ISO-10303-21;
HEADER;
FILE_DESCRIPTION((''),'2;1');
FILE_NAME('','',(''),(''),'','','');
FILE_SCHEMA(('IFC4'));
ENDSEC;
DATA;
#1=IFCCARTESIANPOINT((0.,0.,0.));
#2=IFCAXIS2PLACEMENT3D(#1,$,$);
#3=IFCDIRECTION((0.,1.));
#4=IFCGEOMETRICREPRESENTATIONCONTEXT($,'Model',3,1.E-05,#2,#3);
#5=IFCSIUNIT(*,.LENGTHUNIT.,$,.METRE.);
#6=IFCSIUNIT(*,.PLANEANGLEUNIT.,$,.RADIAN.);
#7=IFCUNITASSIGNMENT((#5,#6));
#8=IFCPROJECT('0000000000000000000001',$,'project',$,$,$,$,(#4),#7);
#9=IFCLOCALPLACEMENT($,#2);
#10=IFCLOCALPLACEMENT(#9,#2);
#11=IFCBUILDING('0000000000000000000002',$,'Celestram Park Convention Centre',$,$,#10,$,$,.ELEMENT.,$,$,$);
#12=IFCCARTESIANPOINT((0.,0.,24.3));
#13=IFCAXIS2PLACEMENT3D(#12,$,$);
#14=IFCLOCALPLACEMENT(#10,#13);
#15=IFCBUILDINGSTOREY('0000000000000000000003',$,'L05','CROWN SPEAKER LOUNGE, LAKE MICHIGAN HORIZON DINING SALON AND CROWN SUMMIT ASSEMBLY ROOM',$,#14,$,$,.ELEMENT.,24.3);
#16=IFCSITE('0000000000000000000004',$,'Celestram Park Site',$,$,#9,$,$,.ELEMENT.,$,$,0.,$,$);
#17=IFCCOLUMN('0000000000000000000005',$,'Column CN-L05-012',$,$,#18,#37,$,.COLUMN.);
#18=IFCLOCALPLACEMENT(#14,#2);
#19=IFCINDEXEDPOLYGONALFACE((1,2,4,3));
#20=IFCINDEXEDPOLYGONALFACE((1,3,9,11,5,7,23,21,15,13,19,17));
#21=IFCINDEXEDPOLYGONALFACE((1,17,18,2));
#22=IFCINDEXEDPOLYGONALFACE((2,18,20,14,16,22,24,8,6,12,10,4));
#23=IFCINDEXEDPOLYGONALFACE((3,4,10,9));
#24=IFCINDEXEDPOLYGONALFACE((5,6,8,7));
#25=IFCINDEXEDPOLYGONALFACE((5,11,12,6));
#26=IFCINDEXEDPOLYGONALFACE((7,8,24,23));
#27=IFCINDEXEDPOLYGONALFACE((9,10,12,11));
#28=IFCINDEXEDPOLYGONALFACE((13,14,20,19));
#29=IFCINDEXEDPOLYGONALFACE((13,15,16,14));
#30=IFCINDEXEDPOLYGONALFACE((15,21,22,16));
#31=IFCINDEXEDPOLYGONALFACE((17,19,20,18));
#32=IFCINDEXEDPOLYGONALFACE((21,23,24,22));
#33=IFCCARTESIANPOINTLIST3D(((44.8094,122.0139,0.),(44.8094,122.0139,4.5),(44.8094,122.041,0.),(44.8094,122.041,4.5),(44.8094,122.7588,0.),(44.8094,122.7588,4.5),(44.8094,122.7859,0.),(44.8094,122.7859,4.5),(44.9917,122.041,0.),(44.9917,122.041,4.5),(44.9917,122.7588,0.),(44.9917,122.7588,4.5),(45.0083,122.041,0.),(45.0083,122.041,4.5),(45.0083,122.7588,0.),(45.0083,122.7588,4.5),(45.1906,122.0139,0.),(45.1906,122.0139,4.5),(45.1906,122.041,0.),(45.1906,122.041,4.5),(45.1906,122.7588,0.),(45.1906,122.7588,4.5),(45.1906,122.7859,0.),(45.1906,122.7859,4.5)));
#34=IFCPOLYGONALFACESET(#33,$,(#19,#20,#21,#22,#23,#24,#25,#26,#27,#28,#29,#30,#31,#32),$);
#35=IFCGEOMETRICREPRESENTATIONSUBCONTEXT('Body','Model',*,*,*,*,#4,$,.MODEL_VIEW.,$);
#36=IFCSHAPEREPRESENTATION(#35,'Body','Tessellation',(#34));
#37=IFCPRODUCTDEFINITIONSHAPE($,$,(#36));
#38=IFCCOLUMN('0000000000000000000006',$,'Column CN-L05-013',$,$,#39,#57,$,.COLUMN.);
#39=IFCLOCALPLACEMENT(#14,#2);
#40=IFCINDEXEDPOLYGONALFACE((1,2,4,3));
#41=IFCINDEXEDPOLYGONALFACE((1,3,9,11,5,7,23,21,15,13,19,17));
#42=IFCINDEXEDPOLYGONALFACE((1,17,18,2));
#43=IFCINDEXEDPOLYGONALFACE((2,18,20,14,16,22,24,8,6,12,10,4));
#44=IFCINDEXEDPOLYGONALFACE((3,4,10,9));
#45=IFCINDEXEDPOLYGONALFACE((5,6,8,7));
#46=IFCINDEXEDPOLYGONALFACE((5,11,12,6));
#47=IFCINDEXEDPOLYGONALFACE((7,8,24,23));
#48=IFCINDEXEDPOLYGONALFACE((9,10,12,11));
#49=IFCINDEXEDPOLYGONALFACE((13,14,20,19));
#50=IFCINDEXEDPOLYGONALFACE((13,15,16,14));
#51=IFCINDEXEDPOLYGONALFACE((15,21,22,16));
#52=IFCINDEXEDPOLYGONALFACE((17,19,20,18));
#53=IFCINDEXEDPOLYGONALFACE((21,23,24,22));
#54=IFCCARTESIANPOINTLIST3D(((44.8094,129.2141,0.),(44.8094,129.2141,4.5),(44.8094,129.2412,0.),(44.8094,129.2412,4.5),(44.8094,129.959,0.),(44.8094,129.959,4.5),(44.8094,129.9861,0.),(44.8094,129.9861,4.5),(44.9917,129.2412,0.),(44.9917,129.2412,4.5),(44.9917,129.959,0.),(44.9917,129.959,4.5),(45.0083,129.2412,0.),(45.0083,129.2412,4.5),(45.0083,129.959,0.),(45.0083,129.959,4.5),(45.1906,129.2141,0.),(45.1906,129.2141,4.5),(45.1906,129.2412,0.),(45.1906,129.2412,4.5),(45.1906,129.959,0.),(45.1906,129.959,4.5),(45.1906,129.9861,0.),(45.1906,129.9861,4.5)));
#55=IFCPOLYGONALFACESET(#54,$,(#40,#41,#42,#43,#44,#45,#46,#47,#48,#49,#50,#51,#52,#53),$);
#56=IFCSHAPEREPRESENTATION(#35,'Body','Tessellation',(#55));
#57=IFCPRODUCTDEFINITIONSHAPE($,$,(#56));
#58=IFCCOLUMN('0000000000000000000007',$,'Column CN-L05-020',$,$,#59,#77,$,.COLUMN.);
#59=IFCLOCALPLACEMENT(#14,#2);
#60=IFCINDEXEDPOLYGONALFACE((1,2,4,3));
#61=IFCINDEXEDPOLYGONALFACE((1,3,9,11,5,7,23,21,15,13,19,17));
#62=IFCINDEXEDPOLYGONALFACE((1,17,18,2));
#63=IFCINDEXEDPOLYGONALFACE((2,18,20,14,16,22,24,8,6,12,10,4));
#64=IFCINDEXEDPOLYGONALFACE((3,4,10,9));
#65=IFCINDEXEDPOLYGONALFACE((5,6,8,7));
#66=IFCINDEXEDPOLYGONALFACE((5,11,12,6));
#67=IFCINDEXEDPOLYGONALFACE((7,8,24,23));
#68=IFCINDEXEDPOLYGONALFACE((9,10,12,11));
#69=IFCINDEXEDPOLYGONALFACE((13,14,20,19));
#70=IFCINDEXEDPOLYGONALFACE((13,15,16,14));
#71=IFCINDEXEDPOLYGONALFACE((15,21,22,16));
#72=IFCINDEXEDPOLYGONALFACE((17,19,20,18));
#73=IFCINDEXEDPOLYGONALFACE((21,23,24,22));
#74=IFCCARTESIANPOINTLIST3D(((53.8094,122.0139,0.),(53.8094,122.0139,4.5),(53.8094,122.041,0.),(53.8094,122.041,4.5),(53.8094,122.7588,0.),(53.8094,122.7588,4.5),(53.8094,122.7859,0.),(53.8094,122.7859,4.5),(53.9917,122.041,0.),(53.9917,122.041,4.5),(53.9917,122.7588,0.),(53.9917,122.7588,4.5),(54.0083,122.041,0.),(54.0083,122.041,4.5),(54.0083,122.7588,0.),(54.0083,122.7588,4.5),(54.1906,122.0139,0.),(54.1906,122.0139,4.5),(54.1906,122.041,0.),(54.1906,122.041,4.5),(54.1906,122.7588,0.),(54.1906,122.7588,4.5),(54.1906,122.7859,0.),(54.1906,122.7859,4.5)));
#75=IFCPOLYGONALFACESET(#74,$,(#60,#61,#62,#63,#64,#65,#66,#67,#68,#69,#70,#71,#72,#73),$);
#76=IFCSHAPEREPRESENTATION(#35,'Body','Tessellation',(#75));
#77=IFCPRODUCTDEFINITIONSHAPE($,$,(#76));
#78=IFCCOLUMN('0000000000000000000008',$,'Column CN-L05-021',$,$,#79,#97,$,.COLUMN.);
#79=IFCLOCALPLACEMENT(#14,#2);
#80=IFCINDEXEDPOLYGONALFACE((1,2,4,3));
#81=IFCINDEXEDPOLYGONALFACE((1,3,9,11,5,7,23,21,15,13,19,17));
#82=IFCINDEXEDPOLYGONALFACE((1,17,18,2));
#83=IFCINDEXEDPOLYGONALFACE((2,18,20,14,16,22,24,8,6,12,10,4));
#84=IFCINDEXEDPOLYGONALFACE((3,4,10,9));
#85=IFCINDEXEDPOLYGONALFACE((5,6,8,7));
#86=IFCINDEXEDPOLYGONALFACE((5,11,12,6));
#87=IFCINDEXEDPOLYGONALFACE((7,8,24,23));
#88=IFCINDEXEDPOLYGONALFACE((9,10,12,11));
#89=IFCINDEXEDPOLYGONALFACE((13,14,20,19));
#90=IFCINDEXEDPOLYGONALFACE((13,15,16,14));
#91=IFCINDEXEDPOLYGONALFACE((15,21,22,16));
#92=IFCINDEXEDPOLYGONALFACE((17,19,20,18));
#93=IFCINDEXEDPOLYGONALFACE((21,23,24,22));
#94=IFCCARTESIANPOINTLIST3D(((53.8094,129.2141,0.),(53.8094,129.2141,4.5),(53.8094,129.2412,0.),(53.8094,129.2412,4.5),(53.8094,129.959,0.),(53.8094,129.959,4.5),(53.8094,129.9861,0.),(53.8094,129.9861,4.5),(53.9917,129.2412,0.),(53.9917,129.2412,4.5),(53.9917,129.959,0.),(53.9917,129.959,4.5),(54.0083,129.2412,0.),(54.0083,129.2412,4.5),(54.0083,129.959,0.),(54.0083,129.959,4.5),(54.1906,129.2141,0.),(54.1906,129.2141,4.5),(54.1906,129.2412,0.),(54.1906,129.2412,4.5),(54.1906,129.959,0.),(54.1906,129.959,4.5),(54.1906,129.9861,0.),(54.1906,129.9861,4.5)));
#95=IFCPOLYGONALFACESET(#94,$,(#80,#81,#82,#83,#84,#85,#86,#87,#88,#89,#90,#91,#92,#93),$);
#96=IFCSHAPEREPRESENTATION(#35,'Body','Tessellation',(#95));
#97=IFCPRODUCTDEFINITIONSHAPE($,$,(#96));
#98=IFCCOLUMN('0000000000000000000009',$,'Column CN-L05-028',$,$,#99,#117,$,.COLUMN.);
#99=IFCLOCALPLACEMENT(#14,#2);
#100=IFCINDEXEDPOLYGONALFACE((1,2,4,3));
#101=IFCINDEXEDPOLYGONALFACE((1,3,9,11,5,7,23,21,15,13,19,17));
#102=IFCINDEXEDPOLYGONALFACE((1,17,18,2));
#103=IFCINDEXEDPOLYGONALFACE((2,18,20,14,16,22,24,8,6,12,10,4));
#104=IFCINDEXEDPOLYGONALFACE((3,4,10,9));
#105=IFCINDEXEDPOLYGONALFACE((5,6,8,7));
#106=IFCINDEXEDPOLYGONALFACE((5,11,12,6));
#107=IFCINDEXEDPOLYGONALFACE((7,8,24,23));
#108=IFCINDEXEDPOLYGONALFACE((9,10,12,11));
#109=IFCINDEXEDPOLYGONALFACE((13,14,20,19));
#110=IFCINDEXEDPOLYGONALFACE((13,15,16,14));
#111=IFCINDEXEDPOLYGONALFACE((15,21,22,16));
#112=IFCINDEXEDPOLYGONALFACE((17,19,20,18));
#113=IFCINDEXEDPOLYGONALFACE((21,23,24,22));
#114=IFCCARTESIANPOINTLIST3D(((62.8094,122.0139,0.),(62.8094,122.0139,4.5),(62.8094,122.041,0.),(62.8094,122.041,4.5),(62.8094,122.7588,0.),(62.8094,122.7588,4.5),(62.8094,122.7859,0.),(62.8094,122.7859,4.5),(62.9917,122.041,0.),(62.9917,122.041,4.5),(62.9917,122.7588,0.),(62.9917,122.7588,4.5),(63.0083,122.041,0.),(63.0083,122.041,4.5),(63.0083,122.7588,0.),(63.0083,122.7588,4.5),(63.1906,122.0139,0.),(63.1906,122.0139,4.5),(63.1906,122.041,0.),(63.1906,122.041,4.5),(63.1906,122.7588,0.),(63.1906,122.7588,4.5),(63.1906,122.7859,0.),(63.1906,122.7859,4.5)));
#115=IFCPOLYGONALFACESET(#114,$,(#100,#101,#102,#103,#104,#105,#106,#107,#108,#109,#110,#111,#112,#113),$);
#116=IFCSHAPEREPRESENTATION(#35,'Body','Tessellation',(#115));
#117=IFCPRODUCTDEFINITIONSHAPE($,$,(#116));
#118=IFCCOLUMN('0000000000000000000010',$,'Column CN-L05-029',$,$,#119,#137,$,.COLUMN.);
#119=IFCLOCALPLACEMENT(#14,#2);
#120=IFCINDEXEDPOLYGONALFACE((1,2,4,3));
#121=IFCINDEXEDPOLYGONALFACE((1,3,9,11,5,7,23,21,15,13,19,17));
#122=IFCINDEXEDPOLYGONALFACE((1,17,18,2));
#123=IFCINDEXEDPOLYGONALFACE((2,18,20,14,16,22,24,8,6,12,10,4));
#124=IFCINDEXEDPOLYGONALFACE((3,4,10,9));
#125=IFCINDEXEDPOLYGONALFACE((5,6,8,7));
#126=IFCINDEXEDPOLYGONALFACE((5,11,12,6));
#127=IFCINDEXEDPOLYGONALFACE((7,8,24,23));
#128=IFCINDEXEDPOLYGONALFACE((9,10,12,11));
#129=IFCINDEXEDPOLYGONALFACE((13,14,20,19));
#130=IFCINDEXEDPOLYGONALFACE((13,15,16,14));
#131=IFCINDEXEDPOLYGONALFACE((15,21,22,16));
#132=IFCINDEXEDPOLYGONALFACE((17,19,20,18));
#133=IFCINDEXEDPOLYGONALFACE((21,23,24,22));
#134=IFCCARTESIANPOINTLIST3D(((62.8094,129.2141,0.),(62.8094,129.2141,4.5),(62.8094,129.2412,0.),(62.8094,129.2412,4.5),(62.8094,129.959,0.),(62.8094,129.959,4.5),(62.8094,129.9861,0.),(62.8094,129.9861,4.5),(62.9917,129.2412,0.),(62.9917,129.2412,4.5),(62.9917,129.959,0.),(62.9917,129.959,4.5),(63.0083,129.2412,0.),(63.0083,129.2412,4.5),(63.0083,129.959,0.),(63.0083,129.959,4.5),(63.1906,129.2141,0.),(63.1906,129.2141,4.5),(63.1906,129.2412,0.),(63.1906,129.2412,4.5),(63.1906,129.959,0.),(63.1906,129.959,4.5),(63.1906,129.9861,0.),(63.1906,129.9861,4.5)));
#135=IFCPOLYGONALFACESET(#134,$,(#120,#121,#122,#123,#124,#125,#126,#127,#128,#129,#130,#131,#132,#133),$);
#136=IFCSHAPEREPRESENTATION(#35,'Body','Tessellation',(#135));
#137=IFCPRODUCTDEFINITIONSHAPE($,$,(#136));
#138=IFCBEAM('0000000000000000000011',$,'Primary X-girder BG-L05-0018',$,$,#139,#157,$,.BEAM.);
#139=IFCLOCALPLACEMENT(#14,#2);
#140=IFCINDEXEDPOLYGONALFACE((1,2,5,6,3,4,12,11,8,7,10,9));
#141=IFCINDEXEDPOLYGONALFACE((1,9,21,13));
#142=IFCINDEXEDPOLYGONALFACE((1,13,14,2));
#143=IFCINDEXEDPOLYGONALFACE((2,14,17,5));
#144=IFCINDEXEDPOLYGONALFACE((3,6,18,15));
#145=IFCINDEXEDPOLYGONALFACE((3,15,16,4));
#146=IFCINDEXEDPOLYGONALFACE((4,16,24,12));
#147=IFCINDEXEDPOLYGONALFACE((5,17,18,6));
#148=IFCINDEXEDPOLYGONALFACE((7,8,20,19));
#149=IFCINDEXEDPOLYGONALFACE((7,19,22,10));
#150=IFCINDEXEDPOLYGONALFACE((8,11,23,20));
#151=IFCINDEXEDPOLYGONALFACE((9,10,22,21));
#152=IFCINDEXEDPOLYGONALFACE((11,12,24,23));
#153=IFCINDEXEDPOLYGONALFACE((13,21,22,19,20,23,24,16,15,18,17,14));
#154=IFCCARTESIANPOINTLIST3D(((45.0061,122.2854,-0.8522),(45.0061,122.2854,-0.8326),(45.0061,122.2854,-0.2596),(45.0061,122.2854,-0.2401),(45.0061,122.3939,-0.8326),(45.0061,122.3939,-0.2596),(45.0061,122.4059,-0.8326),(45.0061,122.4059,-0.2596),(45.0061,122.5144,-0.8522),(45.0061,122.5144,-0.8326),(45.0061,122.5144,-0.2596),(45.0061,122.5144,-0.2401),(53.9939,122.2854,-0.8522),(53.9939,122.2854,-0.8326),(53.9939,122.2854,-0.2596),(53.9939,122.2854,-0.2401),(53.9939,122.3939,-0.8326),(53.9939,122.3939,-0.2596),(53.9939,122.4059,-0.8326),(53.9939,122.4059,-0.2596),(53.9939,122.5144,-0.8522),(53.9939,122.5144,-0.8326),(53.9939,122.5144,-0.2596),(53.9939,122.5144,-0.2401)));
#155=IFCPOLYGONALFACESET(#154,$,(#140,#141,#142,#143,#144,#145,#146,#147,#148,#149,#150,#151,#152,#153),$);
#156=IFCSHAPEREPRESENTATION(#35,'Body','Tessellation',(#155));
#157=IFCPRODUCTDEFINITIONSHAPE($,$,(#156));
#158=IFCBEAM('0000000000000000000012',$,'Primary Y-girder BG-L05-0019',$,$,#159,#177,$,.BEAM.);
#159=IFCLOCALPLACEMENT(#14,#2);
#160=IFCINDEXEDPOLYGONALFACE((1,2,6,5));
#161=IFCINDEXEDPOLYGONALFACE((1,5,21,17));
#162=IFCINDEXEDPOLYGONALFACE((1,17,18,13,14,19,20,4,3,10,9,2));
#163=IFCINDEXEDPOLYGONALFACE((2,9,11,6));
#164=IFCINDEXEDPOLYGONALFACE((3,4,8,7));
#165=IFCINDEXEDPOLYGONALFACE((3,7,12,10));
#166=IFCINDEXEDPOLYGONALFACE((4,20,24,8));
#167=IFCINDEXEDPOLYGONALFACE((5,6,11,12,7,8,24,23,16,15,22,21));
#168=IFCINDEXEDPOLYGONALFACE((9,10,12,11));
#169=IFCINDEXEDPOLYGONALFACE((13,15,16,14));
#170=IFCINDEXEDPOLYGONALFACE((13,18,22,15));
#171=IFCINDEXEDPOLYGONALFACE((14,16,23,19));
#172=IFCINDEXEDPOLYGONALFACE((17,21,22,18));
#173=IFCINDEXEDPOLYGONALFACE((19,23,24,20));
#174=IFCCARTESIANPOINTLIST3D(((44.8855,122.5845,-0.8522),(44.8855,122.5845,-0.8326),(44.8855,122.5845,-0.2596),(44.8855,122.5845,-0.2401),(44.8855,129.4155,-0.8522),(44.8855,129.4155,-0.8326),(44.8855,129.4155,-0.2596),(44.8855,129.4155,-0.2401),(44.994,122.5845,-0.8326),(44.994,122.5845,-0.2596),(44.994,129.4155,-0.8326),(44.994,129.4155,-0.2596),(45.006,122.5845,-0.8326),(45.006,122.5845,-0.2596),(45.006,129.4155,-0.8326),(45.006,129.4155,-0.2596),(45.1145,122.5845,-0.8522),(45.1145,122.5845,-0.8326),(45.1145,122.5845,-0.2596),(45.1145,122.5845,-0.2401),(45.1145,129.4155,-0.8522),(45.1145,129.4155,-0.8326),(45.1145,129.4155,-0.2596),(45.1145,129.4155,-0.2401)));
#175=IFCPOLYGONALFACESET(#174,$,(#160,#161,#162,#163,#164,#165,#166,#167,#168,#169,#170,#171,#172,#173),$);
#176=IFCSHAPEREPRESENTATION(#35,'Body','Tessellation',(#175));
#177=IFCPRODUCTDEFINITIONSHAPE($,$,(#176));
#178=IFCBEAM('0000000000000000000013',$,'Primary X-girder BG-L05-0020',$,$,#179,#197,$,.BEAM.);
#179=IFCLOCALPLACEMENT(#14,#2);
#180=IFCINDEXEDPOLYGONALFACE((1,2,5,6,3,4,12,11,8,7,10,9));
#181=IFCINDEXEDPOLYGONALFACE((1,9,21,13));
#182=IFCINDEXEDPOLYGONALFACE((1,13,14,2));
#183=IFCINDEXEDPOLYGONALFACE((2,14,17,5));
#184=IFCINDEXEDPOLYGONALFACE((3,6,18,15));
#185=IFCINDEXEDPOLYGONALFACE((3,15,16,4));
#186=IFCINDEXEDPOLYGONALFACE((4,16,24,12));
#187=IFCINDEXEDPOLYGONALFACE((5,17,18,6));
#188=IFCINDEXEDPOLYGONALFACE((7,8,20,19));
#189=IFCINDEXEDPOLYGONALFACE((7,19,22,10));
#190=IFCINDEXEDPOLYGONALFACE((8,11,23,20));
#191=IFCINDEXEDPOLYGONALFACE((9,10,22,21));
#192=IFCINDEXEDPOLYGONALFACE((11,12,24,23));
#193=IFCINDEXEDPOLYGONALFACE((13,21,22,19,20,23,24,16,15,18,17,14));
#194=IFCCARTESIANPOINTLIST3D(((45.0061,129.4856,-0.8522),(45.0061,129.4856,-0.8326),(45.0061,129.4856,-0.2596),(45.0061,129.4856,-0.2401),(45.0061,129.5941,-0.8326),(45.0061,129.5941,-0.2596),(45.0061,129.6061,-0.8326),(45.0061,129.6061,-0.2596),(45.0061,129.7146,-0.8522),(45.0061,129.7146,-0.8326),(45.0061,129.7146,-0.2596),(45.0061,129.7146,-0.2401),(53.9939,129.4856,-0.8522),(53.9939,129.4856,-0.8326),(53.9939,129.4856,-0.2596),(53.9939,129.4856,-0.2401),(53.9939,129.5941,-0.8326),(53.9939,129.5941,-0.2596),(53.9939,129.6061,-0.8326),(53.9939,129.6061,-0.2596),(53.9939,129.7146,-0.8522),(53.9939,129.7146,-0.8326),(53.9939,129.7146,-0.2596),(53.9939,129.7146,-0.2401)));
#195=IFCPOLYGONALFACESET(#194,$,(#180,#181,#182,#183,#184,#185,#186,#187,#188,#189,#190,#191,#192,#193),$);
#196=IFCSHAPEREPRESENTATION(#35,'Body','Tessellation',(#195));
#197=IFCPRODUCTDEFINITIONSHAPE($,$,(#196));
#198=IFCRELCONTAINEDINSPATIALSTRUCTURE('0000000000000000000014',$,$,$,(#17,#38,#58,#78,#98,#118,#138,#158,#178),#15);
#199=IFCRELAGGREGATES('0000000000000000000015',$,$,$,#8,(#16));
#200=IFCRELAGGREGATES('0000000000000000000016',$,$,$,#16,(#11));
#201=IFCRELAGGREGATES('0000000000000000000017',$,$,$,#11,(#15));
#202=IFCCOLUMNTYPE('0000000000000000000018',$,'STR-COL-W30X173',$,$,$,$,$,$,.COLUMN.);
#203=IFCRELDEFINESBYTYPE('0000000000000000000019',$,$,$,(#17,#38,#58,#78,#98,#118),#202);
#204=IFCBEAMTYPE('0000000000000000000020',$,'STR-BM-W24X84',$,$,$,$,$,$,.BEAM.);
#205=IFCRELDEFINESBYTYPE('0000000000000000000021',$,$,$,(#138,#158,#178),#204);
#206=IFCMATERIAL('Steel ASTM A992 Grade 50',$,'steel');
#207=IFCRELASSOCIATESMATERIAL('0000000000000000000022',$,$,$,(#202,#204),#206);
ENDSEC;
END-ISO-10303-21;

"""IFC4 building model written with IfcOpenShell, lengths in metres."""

from ifc_helpers import new_model, si_unit, direction, frame, origin, origin_2d, place, context, subcontext, project, spatial, i_section, extrude, material, material_profile, profile_set, type_object, element, save


model = new_model("IFC4")

# Units and contexts
model_context = context("Model", 3, precision=1e-05, world=origin(), true_north=direction((0.0, 1.0)))
body_context = subcontext(model_context, "Body", "Model", "MODEL_VIEW")
ifc_project = project(units=[si_unit("LENGTHUNIT", "METRE"), si_unit("PLANEANGLEUNIT", "RADIAN")], contexts=[model_context])

# Site, building, storey
site_placement = place(None, origin())
site = spatial("IfcSite", under=ifc_project, at=site_placement, Name="Celestram Park Site", CompositionType="ELEMENT", RefElevation=0.0)
building_placement = place(site_placement, origin())
building = spatial("IfcBuilding", under=site, at=building_placement, Name="Celestram Park Convention Centre", CompositionType="ELEMENT")
storey_placement = place(building_placement, frame((0.0, 0.0, 24.3)))
storey = spatial("IfcBuildingStorey", under=building, at=storey_placement, Name="L05", Description="CROWN SPEAKER LOUNGE, LAKE MICHIGAN HORIZON DINING SALON AND CROWN SUMMIT ASSEMBLY ROOM", CompositionType="ELEMENT", Elevation=24.3)

# Columns
ifc_material_1 = material(Name="Steel ASTM A992 Grade 50", Category="steel")
ifc_material_profile_1 = material_profile(ifc_material_1, i_section(OverallWidth=0.3811, OverallDepth=0.772, WebThickness=0.0166, FlangeThickness=0.0271, at=origin_2d()), Name="W30X173")
ifc_profile_set_1 = profile_set([ifc_material_profile_1], Name="Steel ASTM A992 Grade 50")
column_type = type_object("IfcColumnType", Name="STR-COL-W30X173", PredefinedType="COLUMN", material=ifc_profile_set_1)
for number, where, z_axis, x_axis, name in (
    (1, (45.0, 122.3999, 0.0), (0.0, 0.0, 1.0), (1.0, 0.0, 0.0), "Column CN-L05-012"),
    (2, (45.0, 129.6001, 0.0), (0.0, 0.0, 1.0), (1.0, 0.0, 0.0), "Column CN-L05-013"),
    (3, (54.0, 122.3999, 0.0), (0.0, 0.0, 1.0), (1.0, 0.0, 0.0), "Column CN-L05-020"),
    (4, (54.0, 129.6001, 0.0), (0.0, 0.0, 1.0), (1.0, 0.0, 0.0), "Column CN-L05-021"),
    (5, (63.0, 122.3999, 0.0), (0.0, 0.0, 1.0), (1.0, 0.0, 0.0), "Column CN-L05-028"),
    (6, (63.0, 129.6001, 0.0), (0.0, 0.0, 1.0), (1.0, 0.0, 0.0), "Column CN-L05-029"),
):
    element("IfcColumn", number, at=place(storey_placement, frame(where, z_axis=z_axis, x_axis=x_axis)), inside=storey, type_object=column_type, Name=name, PredefinedType="COLUMN", context=body_context, shape_type="SweptSolid", body=[
        extrude(i_section(OverallWidth=0.3811, OverallDepth=0.772, WebThickness=0.0166, FlangeThickness=0.0271, at=origin_2d()), origin(), (0.0, 0.0, 1.0), 4.5),
    ])

# Beams
ifc_material_profile_2 = material_profile(ifc_material_1, i_section(OverallWidth=0.229, OverallDepth=0.6121, WebThickness=0.012, FlangeThickness=0.0195, at=origin_2d()), Name="W24X84")
ifc_profile_set_2 = profile_set([ifc_material_profile_2], Name="Steel ASTM A992 Grade 50")
beam_type = type_object("IfcBeamType", Name="STR-BM-W24X84", PredefinedType="BEAM", material=ifc_profile_set_2)
beam_1_placement = place(storey_placement, frame((45.0061, 122.3999, -0.5461), z_axis=(1.0, 0.0, 0.0), x_axis=(0.0, 1.0, 0.0)))
element("IfcBeam", 7, at=beam_1_placement, inside=storey, type_object=beam_type, Name="Primary X-girder BG-L05-0018", PredefinedType="BEAM", context=body_context, shape_type="SweptSolid", body=[
    extrude(i_section(OverallWidth=0.229, OverallDepth=0.6121, WebThickness=0.012, FlangeThickness=0.0195, at=origin_2d()), origin(), (0.0, 0.0, 1.0), 8.9878),
])
beam_2_placement = place(storey_placement, frame((45.0, 122.5845, -0.5461), z_axis=(0.0, 1.0, 0.0), x_axis=(-1.0, 0.0, 0.0)))
element("IfcBeam", 8, at=beam_2_placement, inside=storey, type_object=beam_type, Name="Primary Y-girder BG-L05-0019", PredefinedType="BEAM", context=body_context, shape_type="SweptSolid", body=[
    extrude(i_section(OverallWidth=0.229, OverallDepth=0.6121, WebThickness=0.012, FlangeThickness=0.0195, at=origin_2d()), origin(), (0.0, 0.0, 1.0), 6.8311),
])
beam_3_placement = place(storey_placement, frame((45.0061, 129.6001, -0.5461), z_axis=(1.0, 0.0, 0.0), x_axis=(0.0, 1.0, 0.0)))
element("IfcBeam", 9, at=beam_3_placement, inside=storey, type_object=beam_type, Name="Primary X-girder BG-L05-0020", PredefinedType="BEAM", context=body_context, shape_type="SweptSolid", body=[
    extrude(i_section(OverallWidth=0.229, OverallDepth=0.6121, WebThickness=0.012, FlangeThickness=0.0195, at=origin_2d()), origin(), (0.0, 0.0, 1.0), 8.9878),
])

save(model, "model.ifc")
